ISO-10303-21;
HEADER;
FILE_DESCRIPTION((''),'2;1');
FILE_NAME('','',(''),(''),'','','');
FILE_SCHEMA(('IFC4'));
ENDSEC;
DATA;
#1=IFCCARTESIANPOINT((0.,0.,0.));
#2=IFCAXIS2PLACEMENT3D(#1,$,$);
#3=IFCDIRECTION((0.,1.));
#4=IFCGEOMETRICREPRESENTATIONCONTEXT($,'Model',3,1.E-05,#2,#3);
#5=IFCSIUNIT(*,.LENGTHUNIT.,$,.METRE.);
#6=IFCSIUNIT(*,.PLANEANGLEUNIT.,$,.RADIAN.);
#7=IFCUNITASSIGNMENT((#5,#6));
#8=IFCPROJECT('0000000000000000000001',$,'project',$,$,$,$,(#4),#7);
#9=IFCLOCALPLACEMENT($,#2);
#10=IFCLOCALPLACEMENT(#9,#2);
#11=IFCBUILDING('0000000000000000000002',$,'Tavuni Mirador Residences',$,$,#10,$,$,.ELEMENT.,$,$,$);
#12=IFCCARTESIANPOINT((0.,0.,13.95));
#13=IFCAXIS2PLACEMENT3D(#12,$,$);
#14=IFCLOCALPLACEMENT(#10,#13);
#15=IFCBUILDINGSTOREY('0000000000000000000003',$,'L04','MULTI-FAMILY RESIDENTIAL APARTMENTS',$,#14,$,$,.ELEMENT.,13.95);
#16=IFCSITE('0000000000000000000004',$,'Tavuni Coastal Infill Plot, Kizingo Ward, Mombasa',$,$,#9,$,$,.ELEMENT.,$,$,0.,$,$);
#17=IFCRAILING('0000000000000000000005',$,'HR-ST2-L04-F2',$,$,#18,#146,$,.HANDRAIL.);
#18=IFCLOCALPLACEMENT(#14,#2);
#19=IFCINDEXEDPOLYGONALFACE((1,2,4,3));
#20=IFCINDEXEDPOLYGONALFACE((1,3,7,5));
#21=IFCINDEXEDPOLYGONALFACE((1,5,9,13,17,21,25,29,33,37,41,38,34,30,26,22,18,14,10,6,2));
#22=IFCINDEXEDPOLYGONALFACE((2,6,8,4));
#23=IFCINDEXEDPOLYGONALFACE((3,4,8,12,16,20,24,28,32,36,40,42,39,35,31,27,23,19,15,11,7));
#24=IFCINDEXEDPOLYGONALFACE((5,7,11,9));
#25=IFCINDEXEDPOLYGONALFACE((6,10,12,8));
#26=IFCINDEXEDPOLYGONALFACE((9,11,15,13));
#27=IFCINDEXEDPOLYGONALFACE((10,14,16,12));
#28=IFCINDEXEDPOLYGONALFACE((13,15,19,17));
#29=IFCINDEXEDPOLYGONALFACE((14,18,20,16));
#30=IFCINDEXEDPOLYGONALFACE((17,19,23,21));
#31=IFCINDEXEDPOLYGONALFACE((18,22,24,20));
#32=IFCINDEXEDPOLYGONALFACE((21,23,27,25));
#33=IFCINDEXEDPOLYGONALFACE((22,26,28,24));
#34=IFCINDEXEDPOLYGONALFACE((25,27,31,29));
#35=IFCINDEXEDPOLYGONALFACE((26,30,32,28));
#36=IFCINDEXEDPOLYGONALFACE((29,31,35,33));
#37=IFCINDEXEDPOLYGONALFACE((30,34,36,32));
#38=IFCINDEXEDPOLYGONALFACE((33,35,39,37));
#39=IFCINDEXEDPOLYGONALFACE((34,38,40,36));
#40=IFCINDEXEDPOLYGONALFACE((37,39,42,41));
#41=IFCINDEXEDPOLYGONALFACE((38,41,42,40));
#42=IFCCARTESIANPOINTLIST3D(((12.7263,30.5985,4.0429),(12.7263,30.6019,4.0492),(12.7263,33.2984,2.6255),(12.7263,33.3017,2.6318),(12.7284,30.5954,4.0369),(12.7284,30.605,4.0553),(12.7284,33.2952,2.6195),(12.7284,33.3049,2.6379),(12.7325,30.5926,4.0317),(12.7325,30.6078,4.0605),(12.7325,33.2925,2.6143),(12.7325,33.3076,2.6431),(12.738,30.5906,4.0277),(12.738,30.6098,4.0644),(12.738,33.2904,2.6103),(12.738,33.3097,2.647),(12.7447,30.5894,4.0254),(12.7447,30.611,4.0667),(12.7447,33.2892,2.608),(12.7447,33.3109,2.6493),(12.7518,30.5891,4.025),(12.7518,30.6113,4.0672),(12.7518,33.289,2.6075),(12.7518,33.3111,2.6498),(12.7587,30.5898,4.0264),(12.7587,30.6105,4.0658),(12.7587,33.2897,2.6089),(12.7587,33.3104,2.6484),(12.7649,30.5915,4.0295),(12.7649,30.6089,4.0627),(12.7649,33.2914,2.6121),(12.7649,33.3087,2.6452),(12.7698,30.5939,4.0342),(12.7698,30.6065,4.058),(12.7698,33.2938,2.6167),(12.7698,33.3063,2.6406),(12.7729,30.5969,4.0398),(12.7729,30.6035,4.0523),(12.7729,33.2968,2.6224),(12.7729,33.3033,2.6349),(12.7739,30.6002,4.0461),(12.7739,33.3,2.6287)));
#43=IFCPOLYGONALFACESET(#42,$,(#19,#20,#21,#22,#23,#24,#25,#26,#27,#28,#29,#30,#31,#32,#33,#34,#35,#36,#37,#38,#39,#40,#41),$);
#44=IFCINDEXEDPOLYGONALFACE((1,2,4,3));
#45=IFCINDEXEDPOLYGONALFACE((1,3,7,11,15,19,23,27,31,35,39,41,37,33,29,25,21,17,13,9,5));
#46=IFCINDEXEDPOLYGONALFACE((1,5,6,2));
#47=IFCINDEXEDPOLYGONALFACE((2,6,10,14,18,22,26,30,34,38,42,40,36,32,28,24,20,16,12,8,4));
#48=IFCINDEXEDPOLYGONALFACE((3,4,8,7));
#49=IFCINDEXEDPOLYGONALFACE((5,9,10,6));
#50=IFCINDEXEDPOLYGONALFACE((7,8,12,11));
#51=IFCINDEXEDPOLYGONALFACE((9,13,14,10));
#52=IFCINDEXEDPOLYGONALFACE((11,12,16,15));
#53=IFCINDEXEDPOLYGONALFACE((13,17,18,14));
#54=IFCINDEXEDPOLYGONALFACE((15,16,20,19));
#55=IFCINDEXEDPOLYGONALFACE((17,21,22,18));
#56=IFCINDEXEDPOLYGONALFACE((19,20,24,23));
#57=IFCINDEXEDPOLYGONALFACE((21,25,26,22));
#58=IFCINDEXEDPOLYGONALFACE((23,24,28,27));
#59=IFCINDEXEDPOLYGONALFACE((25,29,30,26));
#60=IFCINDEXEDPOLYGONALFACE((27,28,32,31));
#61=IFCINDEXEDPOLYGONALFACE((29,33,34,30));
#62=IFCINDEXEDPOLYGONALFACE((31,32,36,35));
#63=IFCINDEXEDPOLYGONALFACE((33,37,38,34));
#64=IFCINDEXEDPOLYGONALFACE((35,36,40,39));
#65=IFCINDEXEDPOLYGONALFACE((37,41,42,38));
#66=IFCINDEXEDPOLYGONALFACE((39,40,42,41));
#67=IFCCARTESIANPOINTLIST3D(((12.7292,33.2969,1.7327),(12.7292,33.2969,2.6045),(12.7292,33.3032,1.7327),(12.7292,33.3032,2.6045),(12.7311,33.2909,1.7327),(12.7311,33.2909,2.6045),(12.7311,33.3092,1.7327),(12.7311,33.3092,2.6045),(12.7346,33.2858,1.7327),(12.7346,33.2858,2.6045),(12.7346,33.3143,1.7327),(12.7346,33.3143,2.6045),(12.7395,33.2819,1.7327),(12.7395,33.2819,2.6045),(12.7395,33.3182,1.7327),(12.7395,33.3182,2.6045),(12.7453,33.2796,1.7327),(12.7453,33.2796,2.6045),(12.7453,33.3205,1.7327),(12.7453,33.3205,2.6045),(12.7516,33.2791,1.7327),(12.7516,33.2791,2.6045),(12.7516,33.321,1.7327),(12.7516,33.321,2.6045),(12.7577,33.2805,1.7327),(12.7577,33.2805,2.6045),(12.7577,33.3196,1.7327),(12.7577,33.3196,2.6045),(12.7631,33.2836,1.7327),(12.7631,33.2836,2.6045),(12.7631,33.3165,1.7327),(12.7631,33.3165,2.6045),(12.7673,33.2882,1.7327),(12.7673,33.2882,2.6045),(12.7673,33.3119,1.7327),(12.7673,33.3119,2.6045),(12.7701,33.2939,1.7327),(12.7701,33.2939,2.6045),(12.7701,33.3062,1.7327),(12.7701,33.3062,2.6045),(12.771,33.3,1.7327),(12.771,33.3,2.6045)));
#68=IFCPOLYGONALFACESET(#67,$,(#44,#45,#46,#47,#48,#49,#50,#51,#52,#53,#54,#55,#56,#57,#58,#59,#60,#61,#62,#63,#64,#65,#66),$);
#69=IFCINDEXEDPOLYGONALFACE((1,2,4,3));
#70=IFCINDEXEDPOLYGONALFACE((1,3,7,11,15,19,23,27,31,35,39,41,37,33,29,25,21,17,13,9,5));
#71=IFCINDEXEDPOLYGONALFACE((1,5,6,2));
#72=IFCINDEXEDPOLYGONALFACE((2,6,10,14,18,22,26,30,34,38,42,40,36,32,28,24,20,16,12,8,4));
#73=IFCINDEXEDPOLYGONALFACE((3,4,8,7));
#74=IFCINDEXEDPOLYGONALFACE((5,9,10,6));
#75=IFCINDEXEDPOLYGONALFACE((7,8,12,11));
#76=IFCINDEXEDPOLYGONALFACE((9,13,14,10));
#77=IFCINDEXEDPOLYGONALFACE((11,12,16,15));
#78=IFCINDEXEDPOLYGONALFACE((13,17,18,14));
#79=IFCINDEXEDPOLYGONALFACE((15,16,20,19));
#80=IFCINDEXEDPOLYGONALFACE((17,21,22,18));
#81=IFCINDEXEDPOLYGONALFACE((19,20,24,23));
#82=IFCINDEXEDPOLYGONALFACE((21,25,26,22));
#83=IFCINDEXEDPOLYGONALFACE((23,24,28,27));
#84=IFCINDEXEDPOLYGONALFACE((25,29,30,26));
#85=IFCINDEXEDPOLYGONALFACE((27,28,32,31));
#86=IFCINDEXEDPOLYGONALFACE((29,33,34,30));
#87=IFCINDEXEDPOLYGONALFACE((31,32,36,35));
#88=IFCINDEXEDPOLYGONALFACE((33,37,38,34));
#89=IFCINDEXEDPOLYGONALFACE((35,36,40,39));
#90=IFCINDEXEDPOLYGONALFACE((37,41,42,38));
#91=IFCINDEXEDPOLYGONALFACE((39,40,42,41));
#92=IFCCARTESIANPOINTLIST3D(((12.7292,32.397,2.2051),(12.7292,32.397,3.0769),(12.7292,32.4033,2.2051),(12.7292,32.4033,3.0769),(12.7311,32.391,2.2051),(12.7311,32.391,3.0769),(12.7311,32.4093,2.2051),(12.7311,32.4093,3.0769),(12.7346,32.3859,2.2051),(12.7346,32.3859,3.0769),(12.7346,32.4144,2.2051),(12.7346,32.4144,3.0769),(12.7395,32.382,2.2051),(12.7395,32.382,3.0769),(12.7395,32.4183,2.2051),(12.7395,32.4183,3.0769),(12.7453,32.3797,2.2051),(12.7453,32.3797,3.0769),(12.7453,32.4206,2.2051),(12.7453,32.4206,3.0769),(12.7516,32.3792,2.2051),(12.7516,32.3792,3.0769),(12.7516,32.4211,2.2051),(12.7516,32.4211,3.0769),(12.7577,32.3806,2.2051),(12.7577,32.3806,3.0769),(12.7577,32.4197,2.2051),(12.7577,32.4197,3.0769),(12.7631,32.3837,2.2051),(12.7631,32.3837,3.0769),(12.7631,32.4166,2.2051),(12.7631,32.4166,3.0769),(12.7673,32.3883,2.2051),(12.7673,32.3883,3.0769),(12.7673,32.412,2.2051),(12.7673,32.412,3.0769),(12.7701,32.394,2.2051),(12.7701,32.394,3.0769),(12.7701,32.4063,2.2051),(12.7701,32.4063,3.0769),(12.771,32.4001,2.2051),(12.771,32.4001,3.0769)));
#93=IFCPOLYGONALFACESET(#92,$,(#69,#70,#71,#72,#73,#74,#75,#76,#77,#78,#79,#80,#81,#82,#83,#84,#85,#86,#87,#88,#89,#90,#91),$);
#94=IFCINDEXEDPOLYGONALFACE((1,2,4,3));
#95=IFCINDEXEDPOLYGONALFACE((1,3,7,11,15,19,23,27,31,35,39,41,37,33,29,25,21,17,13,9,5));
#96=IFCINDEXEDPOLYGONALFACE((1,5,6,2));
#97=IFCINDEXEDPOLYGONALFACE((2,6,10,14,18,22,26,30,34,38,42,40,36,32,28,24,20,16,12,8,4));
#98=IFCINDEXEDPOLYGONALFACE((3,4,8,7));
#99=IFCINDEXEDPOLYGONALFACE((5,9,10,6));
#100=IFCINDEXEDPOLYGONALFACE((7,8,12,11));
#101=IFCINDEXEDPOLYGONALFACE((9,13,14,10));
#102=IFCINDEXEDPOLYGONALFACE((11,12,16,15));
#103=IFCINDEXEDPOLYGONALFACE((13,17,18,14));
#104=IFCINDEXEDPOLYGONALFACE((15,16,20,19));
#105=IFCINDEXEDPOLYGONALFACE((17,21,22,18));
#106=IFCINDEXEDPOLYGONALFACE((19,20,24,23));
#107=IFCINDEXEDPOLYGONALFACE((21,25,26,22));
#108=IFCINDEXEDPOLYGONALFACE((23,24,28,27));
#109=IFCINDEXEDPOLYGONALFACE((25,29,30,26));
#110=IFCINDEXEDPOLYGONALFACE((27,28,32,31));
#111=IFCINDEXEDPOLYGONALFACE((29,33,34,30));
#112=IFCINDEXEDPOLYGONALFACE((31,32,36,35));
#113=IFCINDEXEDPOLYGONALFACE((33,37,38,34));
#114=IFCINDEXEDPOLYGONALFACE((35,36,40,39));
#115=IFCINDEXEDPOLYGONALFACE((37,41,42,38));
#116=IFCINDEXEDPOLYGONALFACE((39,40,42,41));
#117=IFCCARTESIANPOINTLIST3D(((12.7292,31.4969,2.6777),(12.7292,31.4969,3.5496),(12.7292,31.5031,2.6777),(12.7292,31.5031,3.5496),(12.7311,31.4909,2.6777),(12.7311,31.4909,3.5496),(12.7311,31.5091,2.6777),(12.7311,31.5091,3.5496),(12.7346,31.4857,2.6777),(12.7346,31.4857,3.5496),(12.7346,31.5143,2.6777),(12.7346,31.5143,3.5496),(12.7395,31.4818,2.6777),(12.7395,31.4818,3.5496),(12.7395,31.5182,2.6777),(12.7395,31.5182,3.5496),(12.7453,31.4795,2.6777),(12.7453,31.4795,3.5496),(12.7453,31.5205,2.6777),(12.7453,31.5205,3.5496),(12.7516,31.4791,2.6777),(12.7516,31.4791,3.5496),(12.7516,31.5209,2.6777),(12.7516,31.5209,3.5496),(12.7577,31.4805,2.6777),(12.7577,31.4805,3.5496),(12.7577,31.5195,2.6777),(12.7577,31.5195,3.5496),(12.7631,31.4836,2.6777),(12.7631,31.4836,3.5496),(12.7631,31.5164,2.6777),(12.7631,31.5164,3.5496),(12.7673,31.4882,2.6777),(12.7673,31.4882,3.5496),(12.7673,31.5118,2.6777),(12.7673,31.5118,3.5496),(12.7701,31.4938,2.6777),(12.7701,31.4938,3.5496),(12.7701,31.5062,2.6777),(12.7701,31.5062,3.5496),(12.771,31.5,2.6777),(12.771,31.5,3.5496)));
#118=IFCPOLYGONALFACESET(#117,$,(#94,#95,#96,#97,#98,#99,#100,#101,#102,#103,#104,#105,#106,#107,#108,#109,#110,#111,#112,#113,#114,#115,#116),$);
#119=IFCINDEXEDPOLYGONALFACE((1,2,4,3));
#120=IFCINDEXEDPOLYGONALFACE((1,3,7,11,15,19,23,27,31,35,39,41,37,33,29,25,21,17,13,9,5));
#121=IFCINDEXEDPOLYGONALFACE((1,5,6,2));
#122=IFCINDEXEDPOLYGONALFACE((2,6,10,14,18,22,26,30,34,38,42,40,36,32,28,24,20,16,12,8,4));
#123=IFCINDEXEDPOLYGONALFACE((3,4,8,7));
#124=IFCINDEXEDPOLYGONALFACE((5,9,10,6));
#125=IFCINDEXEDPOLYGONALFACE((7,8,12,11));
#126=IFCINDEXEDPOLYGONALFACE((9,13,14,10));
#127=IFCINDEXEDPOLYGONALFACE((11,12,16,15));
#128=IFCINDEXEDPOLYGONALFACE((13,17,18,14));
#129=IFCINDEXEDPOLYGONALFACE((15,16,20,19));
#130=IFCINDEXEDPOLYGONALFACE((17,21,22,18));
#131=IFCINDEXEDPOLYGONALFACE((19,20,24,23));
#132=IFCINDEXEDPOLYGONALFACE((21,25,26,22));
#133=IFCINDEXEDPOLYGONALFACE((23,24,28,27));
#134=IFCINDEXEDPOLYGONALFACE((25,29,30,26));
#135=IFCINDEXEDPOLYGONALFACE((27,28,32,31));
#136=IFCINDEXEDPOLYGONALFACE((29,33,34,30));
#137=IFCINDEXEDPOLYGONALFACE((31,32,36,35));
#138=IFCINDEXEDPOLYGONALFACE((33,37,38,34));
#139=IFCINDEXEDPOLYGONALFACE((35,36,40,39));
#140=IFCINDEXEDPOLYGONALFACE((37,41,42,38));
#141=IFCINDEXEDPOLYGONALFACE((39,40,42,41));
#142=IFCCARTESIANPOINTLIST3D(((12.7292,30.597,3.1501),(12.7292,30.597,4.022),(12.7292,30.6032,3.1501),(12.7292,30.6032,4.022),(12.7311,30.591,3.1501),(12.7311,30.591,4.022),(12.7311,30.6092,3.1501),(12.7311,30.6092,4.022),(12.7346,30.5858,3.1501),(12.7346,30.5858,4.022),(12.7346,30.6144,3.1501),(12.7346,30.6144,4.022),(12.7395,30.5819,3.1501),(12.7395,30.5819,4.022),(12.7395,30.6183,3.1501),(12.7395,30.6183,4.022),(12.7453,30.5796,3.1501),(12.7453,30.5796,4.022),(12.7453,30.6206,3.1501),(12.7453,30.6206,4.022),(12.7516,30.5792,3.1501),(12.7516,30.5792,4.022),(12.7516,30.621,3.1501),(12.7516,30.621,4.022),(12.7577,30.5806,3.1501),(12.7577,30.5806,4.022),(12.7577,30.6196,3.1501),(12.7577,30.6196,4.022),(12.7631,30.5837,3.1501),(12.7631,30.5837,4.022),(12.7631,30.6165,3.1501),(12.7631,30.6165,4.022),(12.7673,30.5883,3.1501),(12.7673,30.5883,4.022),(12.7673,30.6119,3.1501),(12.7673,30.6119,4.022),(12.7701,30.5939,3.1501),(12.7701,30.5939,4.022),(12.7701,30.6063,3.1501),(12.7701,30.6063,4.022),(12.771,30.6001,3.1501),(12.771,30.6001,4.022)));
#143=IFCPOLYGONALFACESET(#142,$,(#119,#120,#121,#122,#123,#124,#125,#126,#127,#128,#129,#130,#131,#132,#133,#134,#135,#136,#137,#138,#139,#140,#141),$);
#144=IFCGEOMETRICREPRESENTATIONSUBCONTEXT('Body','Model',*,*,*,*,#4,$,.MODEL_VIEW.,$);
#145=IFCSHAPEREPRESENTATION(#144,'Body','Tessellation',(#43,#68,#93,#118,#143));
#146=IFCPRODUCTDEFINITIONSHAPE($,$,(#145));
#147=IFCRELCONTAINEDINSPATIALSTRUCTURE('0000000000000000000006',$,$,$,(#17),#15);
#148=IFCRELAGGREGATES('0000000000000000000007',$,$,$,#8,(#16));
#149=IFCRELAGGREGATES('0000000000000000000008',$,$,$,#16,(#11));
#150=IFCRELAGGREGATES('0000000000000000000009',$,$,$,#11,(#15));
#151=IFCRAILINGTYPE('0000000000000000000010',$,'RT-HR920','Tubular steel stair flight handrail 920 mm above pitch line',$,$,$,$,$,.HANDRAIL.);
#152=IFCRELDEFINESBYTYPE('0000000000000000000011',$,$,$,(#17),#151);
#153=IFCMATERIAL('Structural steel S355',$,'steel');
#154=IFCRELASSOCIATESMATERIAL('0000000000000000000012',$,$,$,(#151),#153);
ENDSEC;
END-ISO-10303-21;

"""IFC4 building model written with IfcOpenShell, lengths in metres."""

from ifc_helpers import new_model, si_unit, direction, frame, origin, origin_2d, place, context, subcontext, project, spatial, circle, extrude, material, type_object, element, save


model = new_model("IFC4")

# Units and contexts
model_context = context("Model", 3, precision=1e-05, world=origin(), true_north=direction((0.0, 1.0)))
body_context = subcontext(model_context, "Body", "Model", "MODEL_VIEW")
ifc_project = project(units=[si_unit("LENGTHUNIT", "METRE"), si_unit("PLANEANGLEUNIT", "RADIAN")], contexts=[model_context])

# Site, building, storey
site_placement = place(None, origin())
site = spatial("IfcSite", under=ifc_project, at=site_placement, Name="Tavuni Coastal Infill Plot, Kizingo Ward, Mombasa", CompositionType="ELEMENT", RefElevation=0.0)
building_placement = place(site_placement, origin())
building = spatial("IfcBuilding", under=site, at=building_placement, Name="Tavuni Mirador Residences", CompositionType="ELEMENT")
storey_placement = place(building_placement, frame((0.0, 0.0, 13.95)))
storey = spatial("IfcBuildingStorey", under=building, at=storey_placement, Name="L04", Description="MULTI-FAMILY RESIDENTIAL APARTMENTS", CompositionType="ELEMENT", Elevation=13.95)

# Shared definitions
ifc_material_1 = material(Name="Structural steel S355", Category="steel")

# Railing
railing_type_1 = type_object("IfcRailingType", Name="RT-HR920", Description="Tubular steel stair flight handrail 920 mm above pitch line", PredefinedType="HANDRAIL", material=ifc_material_1)
railing_1_placement = place(storey_placement, frame((12.75, 33.3, 1.7327)))
element("IfcRailing", 1, at=railing_1_placement, inside=storey, type_object=railing_type_1, Name="HR-ST2-L04-F2", PredefinedType="HANDRAIL", context=body_context, shape_type="SweptSolid", body=[
    extrude(circle(Radius=0.0239, at=origin_2d()), frame((0.0, 0.0, 0.896), z_axis=(0.0, -0.885397, 0.464835), x_axis=(1.0, 0.0, 0.0)), (0.0, 0.0, 1.0), 3.0493),
    extrude(circle(Radius=0.021, at=origin_2d()), origin(), (0.0, 0.0, 1.0), 0.8718),
    extrude(circle(Radius=0.021, at=origin_2d()), frame((0.0, -0.8999, 0.4724)), (0.0, 0.0, 1.0), 0.8718),
    extrude(circle(Radius=0.021, at=origin_2d()), frame((0.0, -1.8, 0.9451)), (0.0, 0.0, 1.0), 0.8718),
    extrude(circle(Radius=0.021, at=origin_2d()), frame((0.0, -2.7, 1.4175)), (0.0, 0.0, 1.0), 0.8718),
])

save(model, "model.ifc")
